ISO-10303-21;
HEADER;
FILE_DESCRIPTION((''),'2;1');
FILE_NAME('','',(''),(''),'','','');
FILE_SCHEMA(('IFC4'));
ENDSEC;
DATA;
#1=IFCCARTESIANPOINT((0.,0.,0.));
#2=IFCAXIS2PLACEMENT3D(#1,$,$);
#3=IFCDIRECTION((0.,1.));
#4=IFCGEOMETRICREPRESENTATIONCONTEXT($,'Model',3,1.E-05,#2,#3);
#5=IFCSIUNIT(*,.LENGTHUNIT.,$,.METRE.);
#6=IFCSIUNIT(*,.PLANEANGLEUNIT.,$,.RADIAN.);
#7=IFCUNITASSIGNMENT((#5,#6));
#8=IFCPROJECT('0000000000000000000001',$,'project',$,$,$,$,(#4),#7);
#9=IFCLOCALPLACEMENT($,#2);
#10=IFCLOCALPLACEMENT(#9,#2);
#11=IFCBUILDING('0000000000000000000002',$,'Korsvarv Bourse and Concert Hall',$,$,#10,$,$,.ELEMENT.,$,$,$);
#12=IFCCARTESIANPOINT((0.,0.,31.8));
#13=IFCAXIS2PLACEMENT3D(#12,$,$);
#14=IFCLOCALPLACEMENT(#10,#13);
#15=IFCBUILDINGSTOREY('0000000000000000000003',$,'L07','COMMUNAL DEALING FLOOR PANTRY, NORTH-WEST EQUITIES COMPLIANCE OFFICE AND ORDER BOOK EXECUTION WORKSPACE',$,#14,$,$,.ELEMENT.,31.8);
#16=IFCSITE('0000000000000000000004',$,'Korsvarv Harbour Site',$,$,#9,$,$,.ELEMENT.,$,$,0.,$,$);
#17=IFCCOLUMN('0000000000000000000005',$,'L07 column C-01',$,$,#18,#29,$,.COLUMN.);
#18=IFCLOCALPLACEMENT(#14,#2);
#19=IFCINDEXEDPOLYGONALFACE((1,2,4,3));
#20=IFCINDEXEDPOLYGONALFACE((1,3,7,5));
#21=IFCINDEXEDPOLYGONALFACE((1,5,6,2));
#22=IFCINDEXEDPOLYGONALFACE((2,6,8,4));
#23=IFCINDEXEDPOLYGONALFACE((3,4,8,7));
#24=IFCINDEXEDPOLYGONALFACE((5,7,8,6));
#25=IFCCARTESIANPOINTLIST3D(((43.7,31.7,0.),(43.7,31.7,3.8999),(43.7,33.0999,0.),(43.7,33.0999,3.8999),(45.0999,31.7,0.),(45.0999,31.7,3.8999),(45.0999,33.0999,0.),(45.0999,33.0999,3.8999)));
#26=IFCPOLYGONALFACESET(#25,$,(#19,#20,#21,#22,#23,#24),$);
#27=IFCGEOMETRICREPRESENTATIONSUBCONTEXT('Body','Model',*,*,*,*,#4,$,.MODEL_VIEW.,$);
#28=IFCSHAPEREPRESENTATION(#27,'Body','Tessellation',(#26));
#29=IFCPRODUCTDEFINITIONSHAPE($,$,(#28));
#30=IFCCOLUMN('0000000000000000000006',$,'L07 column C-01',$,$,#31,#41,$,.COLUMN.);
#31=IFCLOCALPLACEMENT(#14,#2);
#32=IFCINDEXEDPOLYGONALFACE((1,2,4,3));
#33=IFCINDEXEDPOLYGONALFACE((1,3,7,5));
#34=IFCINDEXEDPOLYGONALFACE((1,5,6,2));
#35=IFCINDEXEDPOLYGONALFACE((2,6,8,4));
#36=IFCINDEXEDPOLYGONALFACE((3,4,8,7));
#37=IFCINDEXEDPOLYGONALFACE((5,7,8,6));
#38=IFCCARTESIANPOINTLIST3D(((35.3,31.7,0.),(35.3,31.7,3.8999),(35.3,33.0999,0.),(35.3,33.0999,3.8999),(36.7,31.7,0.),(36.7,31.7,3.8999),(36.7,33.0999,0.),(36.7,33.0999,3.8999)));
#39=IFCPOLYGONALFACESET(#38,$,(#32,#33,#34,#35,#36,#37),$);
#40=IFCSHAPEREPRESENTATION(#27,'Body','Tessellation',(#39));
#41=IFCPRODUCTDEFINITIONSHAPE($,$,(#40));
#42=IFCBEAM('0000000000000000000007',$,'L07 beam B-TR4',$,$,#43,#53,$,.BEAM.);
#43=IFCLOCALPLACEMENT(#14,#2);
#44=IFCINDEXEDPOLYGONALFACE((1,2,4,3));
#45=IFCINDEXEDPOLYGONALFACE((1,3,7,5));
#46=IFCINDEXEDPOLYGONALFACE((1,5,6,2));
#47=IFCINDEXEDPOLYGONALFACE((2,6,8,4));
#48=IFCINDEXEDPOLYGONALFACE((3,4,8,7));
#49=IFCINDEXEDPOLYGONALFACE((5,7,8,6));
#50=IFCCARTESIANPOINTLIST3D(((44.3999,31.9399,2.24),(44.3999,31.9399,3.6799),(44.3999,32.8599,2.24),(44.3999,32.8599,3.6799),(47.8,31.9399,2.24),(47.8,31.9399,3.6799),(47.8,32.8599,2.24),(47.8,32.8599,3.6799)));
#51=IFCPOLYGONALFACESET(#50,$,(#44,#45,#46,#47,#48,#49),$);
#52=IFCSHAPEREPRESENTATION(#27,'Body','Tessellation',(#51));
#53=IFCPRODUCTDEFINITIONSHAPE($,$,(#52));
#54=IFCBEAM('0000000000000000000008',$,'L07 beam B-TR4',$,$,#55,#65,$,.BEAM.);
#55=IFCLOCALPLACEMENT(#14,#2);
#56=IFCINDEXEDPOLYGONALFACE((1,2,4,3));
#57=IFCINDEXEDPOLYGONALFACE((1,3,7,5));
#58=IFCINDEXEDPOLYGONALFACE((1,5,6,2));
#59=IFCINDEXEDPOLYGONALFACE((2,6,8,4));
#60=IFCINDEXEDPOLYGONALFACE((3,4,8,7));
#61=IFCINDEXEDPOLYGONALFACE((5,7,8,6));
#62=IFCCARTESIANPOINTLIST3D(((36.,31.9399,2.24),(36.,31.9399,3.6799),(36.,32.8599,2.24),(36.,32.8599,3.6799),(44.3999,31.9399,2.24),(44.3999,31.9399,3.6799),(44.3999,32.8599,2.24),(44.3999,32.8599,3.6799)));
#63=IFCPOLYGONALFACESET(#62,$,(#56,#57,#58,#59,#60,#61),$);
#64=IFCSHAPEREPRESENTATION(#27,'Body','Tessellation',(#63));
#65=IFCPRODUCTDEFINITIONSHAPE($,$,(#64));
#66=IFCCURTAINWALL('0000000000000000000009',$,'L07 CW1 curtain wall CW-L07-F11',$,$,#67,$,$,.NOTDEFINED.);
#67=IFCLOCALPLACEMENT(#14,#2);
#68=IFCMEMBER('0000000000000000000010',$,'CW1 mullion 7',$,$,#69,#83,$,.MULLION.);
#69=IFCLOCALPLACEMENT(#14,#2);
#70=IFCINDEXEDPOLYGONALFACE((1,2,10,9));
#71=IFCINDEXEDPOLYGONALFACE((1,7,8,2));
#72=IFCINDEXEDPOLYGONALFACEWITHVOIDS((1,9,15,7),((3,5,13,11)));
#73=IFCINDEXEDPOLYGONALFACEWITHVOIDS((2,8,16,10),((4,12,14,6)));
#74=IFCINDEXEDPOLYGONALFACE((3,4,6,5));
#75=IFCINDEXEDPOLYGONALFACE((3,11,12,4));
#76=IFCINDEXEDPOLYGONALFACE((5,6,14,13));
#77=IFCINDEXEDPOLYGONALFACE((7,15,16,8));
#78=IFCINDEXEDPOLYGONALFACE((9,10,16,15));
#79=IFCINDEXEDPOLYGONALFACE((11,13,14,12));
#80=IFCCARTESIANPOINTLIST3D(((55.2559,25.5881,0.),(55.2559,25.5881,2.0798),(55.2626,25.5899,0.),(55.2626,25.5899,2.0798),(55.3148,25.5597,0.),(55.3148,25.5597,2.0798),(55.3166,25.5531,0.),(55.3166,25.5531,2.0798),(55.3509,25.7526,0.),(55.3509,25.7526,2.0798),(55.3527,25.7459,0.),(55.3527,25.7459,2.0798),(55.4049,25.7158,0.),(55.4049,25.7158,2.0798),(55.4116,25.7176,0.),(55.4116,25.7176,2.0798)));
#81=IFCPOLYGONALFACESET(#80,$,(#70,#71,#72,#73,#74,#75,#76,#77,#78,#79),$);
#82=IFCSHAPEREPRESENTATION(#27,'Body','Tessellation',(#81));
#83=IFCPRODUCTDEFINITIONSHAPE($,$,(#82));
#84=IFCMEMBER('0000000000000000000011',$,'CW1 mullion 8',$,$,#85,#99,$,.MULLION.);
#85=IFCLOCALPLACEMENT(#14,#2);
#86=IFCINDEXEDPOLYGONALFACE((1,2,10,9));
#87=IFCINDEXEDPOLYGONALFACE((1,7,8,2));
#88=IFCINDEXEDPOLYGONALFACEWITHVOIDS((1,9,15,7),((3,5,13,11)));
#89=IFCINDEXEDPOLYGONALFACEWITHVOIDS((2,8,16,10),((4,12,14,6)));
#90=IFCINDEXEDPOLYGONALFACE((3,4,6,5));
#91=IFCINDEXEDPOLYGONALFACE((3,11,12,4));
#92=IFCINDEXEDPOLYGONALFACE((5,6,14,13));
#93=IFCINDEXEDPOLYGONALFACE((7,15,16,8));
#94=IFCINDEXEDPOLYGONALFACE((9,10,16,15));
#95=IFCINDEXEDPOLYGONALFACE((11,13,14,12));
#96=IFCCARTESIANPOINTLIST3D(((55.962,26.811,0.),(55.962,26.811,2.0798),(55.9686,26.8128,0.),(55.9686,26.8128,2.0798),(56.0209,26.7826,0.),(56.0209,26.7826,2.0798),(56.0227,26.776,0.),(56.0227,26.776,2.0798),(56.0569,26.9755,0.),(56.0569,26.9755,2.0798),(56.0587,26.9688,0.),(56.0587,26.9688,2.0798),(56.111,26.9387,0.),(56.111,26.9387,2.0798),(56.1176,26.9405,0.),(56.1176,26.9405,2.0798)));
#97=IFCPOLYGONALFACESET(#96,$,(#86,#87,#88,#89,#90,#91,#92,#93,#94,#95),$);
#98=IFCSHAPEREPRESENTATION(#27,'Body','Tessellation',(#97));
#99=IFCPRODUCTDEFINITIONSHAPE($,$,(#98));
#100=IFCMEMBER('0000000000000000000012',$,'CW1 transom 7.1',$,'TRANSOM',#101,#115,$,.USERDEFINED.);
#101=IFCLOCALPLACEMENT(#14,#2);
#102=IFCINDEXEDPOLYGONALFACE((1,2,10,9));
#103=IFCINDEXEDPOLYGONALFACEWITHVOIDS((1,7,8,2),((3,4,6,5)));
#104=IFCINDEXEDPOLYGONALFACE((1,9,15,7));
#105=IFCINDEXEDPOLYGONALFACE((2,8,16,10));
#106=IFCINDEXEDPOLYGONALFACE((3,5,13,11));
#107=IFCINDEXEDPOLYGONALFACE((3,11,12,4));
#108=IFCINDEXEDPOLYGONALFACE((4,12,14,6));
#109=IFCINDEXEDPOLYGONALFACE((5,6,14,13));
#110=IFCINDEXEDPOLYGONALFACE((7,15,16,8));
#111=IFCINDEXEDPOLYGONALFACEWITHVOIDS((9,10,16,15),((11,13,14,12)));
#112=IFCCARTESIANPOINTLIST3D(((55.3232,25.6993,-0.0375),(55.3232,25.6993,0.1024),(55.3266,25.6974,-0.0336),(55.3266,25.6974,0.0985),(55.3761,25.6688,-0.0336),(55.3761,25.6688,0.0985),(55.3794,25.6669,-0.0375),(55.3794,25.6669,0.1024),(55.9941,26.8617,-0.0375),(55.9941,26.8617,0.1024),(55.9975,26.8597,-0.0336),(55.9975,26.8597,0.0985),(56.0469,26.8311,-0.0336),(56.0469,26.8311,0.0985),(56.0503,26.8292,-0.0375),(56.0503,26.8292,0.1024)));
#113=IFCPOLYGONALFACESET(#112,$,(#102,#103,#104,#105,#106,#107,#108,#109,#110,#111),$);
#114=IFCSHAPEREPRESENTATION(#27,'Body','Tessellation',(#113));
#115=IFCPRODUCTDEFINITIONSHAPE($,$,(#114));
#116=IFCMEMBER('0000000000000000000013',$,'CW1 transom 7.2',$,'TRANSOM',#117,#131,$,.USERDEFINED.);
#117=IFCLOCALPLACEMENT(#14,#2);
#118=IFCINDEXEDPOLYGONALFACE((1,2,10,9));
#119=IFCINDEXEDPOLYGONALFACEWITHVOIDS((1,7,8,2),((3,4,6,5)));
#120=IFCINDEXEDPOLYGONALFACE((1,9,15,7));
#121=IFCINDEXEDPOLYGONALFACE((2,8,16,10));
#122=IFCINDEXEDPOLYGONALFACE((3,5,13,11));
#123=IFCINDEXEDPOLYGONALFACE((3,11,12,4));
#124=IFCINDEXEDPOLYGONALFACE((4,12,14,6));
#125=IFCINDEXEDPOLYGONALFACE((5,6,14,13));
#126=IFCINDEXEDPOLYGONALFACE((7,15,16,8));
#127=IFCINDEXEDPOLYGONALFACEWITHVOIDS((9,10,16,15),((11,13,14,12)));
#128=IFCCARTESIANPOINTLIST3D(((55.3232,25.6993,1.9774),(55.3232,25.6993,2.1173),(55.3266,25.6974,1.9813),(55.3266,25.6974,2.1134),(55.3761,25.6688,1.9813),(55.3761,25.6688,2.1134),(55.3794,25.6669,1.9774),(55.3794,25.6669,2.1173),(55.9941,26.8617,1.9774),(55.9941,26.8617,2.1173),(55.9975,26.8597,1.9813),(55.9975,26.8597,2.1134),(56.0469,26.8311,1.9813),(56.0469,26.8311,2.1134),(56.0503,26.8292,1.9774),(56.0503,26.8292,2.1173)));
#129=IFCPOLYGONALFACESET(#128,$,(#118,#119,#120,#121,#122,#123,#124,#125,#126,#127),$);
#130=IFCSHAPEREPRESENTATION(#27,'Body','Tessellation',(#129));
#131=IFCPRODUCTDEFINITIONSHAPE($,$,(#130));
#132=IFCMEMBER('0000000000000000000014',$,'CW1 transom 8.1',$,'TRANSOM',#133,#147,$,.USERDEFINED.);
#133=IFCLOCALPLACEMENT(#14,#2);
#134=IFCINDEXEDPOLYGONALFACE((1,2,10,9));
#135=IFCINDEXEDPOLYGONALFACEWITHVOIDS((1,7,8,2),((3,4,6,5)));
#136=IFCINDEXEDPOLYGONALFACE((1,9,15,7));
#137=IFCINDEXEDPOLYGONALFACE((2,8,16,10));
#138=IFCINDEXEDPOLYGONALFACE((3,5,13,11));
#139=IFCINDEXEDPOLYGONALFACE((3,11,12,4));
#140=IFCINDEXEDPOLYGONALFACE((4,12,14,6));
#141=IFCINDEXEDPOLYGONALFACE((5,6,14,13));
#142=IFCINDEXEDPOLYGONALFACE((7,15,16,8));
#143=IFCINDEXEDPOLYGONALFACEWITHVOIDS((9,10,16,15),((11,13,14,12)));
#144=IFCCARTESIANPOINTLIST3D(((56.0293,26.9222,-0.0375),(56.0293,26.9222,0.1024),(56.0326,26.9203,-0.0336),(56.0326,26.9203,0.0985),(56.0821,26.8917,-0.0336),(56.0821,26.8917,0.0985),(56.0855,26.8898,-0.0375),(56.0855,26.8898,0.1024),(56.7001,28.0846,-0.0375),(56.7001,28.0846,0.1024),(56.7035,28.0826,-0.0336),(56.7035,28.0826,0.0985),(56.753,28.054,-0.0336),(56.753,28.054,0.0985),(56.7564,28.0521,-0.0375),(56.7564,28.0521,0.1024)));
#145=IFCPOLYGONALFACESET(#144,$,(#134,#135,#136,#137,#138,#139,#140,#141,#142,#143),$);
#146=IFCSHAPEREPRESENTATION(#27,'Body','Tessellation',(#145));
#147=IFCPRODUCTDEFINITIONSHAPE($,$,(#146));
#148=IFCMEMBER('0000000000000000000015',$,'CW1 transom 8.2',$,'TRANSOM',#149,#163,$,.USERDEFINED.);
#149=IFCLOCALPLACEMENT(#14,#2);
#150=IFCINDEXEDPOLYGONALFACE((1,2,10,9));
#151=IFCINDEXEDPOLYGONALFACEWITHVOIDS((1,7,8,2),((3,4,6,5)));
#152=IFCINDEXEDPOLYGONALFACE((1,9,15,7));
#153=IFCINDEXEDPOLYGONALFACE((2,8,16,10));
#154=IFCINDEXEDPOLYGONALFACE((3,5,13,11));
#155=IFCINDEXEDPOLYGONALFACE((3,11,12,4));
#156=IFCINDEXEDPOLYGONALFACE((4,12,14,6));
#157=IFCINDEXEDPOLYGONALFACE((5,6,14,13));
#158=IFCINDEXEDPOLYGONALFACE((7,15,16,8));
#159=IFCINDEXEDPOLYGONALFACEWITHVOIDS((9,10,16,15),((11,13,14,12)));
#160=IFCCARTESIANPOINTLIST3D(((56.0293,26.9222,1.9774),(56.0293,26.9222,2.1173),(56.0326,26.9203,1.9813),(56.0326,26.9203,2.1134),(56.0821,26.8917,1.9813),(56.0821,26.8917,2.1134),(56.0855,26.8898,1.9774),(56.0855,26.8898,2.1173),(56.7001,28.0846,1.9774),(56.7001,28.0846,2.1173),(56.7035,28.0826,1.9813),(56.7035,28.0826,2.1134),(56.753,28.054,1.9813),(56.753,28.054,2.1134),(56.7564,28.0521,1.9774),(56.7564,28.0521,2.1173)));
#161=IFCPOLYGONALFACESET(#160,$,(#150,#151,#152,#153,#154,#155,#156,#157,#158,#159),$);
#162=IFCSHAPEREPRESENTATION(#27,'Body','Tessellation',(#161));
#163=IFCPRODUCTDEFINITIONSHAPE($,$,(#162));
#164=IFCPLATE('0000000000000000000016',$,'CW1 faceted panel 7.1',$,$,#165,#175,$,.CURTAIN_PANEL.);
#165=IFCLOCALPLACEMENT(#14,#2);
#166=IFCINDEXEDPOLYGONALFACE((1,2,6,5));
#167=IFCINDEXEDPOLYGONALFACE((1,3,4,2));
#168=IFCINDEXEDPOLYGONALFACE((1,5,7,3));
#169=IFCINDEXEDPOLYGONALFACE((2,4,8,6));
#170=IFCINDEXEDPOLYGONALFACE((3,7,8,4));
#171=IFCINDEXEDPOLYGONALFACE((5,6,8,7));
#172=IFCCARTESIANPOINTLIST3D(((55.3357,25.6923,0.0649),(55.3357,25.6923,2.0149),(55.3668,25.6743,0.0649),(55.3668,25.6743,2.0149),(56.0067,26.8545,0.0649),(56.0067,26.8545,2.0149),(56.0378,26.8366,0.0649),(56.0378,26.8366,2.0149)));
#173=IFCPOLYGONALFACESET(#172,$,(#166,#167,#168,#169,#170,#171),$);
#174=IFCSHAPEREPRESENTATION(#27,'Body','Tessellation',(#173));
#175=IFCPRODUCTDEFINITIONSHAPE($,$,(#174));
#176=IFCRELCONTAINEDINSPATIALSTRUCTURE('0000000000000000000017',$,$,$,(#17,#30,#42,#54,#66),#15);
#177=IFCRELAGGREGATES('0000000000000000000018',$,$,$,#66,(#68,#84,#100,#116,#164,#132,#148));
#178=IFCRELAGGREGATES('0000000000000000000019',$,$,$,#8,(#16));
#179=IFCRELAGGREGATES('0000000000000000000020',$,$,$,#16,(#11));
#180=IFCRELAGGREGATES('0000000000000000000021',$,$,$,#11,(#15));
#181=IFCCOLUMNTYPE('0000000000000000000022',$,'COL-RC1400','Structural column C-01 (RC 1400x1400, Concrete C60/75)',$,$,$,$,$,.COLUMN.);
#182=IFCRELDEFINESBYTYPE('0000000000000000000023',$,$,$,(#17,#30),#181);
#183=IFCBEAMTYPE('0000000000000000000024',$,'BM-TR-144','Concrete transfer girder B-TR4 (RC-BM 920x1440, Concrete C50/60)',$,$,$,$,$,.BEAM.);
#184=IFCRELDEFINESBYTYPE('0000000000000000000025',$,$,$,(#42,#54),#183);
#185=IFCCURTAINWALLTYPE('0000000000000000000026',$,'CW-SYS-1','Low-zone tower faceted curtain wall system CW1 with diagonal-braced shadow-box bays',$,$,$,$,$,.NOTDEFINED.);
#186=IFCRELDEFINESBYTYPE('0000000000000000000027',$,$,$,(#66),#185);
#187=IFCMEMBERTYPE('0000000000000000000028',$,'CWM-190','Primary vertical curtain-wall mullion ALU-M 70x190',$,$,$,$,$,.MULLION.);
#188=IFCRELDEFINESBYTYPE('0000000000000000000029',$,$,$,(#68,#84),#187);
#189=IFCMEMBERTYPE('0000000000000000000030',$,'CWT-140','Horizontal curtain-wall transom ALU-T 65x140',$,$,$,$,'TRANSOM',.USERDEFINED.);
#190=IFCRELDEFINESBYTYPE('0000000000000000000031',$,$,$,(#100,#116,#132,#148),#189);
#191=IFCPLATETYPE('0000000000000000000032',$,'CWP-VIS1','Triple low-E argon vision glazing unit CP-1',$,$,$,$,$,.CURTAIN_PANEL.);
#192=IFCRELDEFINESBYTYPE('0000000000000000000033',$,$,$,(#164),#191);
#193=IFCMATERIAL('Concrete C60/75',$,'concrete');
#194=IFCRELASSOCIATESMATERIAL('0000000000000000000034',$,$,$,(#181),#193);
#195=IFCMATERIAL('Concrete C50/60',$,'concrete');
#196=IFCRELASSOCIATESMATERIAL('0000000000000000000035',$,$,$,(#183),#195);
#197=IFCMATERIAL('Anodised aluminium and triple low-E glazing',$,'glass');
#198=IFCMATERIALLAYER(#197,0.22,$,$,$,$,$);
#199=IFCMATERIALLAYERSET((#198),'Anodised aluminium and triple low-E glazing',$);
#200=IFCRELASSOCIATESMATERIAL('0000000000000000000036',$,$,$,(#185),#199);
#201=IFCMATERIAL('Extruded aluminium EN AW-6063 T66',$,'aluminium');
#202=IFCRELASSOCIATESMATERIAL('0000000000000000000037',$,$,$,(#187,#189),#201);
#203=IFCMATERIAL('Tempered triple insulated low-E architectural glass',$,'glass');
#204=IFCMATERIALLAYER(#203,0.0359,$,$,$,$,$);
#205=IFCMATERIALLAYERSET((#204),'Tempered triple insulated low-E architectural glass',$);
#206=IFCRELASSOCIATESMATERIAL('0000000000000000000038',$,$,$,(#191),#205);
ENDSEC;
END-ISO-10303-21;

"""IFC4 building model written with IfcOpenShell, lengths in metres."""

from ifc_helpers import new_model, si_unit, direction, frame, origin, origin_2d, place, context, subcontext, project, spatial, rectangle, hollow_rectangle, extrude, source, transform, mapped, material, layer, layer_set, material_profile, profile_set, type_object, element, aggregate, save


model = new_model("IFC4")

# Units and contexts
model_context = context("Model", 3, precision=1e-05, world=origin(), true_north=direction((0.0, 1.0)))
body_context = subcontext(model_context, "Body", "Model", "MODEL_VIEW")
ifc_project = project(units=[si_unit("LENGTHUNIT", "METRE"), si_unit("PLANEANGLEUNIT", "RADIAN")], contexts=[model_context])

# Site, building, storey
site_placement = place(None, origin())
site = spatial("IfcSite", under=ifc_project, at=site_placement, Name="Korsvarv Harbour Site", CompositionType="ELEMENT", RefElevation=0.0)
building_placement = place(site_placement, origin())
building = spatial("IfcBuilding", under=site, at=building_placement, Name="Korsvarv Bourse and Concert Hall", CompositionType="ELEMENT")
storey_placement = place(building_placement, frame((0.0, 0.0, 31.8)))
storey = spatial("IfcBuildingStorey", under=building, at=storey_placement, Name="L07", Description="COMMUNAL DEALING FLOOR PANTRY, NORTH-WEST EQUITIES COMPLIANCE OFFICE AND ORDER BOOK EXECUTION WORKSPACE", CompositionType="ELEMENT", Elevation=31.8)

# Columns
ifc_material_1 = material(Name="Concrete C60/75", Category="concrete")
ifc_material_profile_1 = material_profile(ifc_material_1, rectangle(XDim=1.3999, YDim=1.3999, at=origin_2d()), Name="RC 1400x1400")
ifc_profile_set_1 = profile_set([ifc_material_profile_1], Name="Concrete C60/75")
column_type = type_object("IfcColumnType", Name="COL-RC1400", Description="Structural column C-01 (RC 1400x1400, Concrete C60/75)", PredefinedType="COLUMN", material=ifc_profile_set_1)
shared_shape_1 = source(origin(), body_context, "Body", "SweptSolid", [
    extrude(rectangle(XDim=1.3999, YDim=1.3999, at=origin_2d()), origin(), (0.0, 0.0, 1.0), 3.8999),
])
for number, where, z_axis, x_axis, name in (
    (1, (44.3999, 32.3999, 0.0), (0.0, 0.0, 1.0), (1.0, 0.0, 0.0), "L07 column C-01"),
    (2, (36.0, 32.3999, 0.0), (0.0, 0.0, 1.0), (1.0, 0.0, 0.0), "L07 column C-01"),
):
    element("IfcColumn", number, at=place(storey_placement, frame(where, z_axis=z_axis, x_axis=x_axis)), inside=storey, type_object=column_type, Name=name, PredefinedType="COLUMN", context=body_context, shape_type="MappedRepresentation", body=[
        mapped(shared_shape_1, transform((0.0, 0.0, 0.0), scale=1.0)),
    ])

# Beams
ifc_material_2 = material(Name="Concrete C50/60", Category="concrete")
ifc_material_profile_2 = material_profile(ifc_material_2, rectangle(XDim=0.9199, YDim=1.4399, at=origin_2d()), Name="RC-BM 920x1440")
ifc_profile_set_2 = profile_set([ifc_material_profile_2], Name="Concrete C50/60")
beam_type = type_object("IfcBeamType", Name="BM-TR-144", Description="Concrete transfer girder B-TR4 (RC-BM 920x1440, Concrete C50/60)", PredefinedType="BEAM", material=ifc_profile_set_2)
shared_shape_2 = source(origin(), body_context, "Body", "SweptSolid", [
    extrude(rectangle(XDim=0.9199, YDim=1.4399, at=origin_2d()), origin(), (0.0, 0.0, 1.0), 3.4001),
])
beam_1_placement = place(storey_placement, frame((44.3999, 32.3999, 2.96), z_axis=(1.0, 0.0, 0.0), x_axis=(0.0, 1.0, 0.0)))
element("IfcBeam", 3, at=beam_1_placement, inside=storey, type_object=beam_type, Name="L07 beam B-TR4", PredefinedType="BEAM", context=body_context, shape_type="MappedRepresentation", body=[
    mapped(shared_shape_2, transform((0.0, 0.0, 0.0), scale=1.0)),
])
shared_shape_3 = source(origin(), body_context, "Body", "SweptSolid", [
    extrude(rectangle(XDim=0.9199, YDim=1.4399, at=origin_2d()), origin(), (0.0, 0.0, 1.0), 8.3999),
])
beam_2_placement = place(storey_placement, frame((36.0, 32.3999, 2.96), z_axis=(1.0, 0.0, 0.0), x_axis=(0.0, 1.0, 0.0)))
element("IfcBeam", 4, at=beam_2_placement, inside=storey, type_object=beam_type, Name="L07 beam B-TR4", PredefinedType="BEAM", context=body_context, shape_type="MappedRepresentation", body=[
    mapped(shared_shape_3, transform((0.0, 0.0, 0.0), scale=1.0)),
])

# Curtain wall, members, plate
ifc_material_3 = material(Name="Anodised aluminium and triple low-E glazing", Category="glass")
ifc_layer_1 = layer(ifc_material_3, 0.22)
ifc_layer_set_1 = layer_set([ifc_layer_1], Name="Anodised aluminium and triple low-E glazing")
curtain_wall_type = type_object("IfcCurtainWallType", Name="CW-SYS-1", Description="Low-zone tower faceted curtain wall system CW1 with diagonal-braced shadow-box bays", PredefinedType="NOTDEFINED", material=ifc_layer_set_1)
curtain_wall_placement = place(storey_placement, origin())
curtain_wall = element("IfcCurtainWall", 5, at=curtain_wall_placement, inside=storey, type_object=curtain_wall_type, Name="L07 CW1 curtain wall CW-L07-F11", PredefinedType="NOTDEFINED")
ifc_material_4 = material(Name="Extruded aluminium EN AW-6063 T66", Category="aluminium")
ifc_material_profile_3 = material_profile(ifc_material_4, hollow_rectangle(XDim=0.0701, YDim=0.1899, WallThickness=0.0049, at=origin_2d()), Name="ALU-M 70x190")
ifc_profile_set_3 = profile_set([ifc_material_profile_3], Name="Extruded aluminium EN AW-6063 T66")
member_type_1 = type_object("IfcMemberType", Name="CWM-190", Description="Primary vertical curtain-wall mullion ALU-M 70x190", PredefinedType="MULLION", material=ifc_profile_set_3)
shared_shape_4 = source(origin(), body_context, "Body", "SweptSolid", [
    extrude(hollow_rectangle(XDim=0.0701, YDim=0.1899, WallThickness=0.0049, at=origin_2d()), origin(), (0.0, 0.0, 1.0), 2.0798),
])
member_1_placement = place(storey_placement, frame((55.3337, 25.6528, 0.0), z_axis=(0.0, 0.0, 1.0), x_axis=(-0.866029, 0.499995, 0.0)))
member_1 = element("IfcMember", 6, at=member_1_placement, type_object=member_type_1, Name="CW1 mullion 7", PredefinedType="MULLION", context=body_context, shape_type="MappedRepresentation", body=[
    mapped(shared_shape_4, transform((0.0, 0.0, 0.0), scale=1.0)),
])
member_2_placement = place(storey_placement, frame((56.0398, 26.8757, 0.0), z_axis=(0.0, 0.0, 1.0), x_axis=(-0.866029, 0.499995, 0.0)))
member_2 = element("IfcMember", 7, at=member_2_placement, type_object=member_type_1, Name="CW1 mullion 8", PredefinedType="MULLION", context=body_context, shape_type="MappedRepresentation", body=[
    mapped(shared_shape_4, transform((0.0, 0.0, 0.0), scale=1.0)),
])
ifc_material_profile_4 = material_profile(ifc_material_4, hollow_rectangle(XDim=0.0649, YDim=0.1399, WallThickness=0.0039, at=origin_2d()), Name="ALU-T 65x140")
ifc_profile_set_4 = profile_set([ifc_material_profile_4], Name="Extruded aluminium EN AW-6063 T66")
member_type_2 = type_object("IfcMemberType", Name="CWT-140", Description="Horizontal curtain-wall transom ALU-T 65x140", ElementType="TRANSOM", PredefinedType="USERDEFINED", material=ifc_profile_set_4)
shared_shape_5 = source(origin(), body_context, "Body", "SweptSolid", [
    extrude(hollow_rectangle(XDim=0.0649, YDim=0.1399, WallThickness=0.0039, at=origin_2d()), origin(), (0.0, 0.0, 1.0), 1.342),
])
member_3_placement = place(storey_placement, frame((55.3513, 25.6831, 0.0325), z_axis=(0.499896, 0.866086, 0.0), x_axis=(-0.866086, 0.499896, 0.0)))
member_3 = element("IfcMember", 8, at=member_3_placement, type_object=member_type_2, Name="CW1 transom 7.1", ObjectType="TRANSOM", PredefinedType="USERDEFINED", context=body_context, shape_type="MappedRepresentation", body=[
    mapped(shared_shape_5, transform((0.0, 0.0, 0.0), scale=1.0)),
])
member_4_placement = place(storey_placement, frame((55.3513, 25.6831, 2.0474), z_axis=(0.499896, 0.866086, 0.0), x_axis=(-0.866086, 0.499896, 0.0)))
member_4 = element("IfcMember", 9, at=member_4_placement, type_object=member_type_2, Name="CW1 transom 7.2", ObjectType="TRANSOM", PredefinedType="USERDEFINED", context=body_context, shape_type="MappedRepresentation", body=[
    mapped(shared_shape_5, transform((0.0, 0.0, 0.0), scale=1.0)),
])
member_5_placement = place(storey_placement, frame((56.0574, 26.906, 0.0325), z_axis=(0.499896, 0.866086, 0.0), x_axis=(-0.866086, 0.499896, 0.0)))
member_5 = element("IfcMember", 10, at=member_5_placement, type_object=member_type_2, Name="CW1 transom 8.1", ObjectType="TRANSOM", PredefinedType="USERDEFINED", context=body_context, shape_type="MappedRepresentation", body=[
    mapped(shared_shape_5, transform((0.0, 0.0, 0.0), scale=1.0)),
])
member_6_placement = place(storey_placement, frame((56.0574, 26.906, 2.0474), z_axis=(0.499896, 0.866086, 0.0), x_axis=(-0.866086, 0.499896, 0.0)))
member_6 = element("IfcMember", 11, at=member_6_placement, type_object=member_type_2, Name="CW1 transom 8.2", ObjectType="TRANSOM", PredefinedType="USERDEFINED", context=body_context, shape_type="MappedRepresentation", body=[
    mapped(shared_shape_5, transform((0.0, 0.0, 0.0), scale=1.0)),
])
ifc_material_5 = material(Name="Tempered triple insulated low-E architectural glass", Category="glass")
ifc_layer_2 = layer(ifc_material_5, 0.0359)
ifc_layer_set_2 = layer_set([ifc_layer_2], Name="Tempered triple insulated low-E architectural glass")
plate_type = type_object("IfcPlateType", Name="CWP-VIS1", Description="Triple low-E argon vision glazing unit CP-1", PredefinedType="CURTAIN_PANEL", material=ifc_layer_set_2)
shared_shape_6 = source(origin(), body_context, "Body", "SweptSolid", [
    extrude(rectangle(XDim=1.342, YDim=0.0359, at=origin_2d()), origin(), (0.0, 0.0, 1.0), 1.95),
])
plate_placement = place(storey_placement, frame((55.6868, 26.2644, 0.0649), z_axis=(0.0, 0.0, 1.0), x_axis=(0.499995, 0.866029, 0.0)))
plate = element("IfcPlate", 12, at=plate_placement, type_object=plate_type, Name="CW1 faceted panel 7.1", PredefinedType="CURTAIN_PANEL", context=body_context, shape_type="MappedRepresentation", body=[
    mapped(shared_shape_6, transform((0.0, 0.0, 0.0), scale=1.0)),
])
aggregate(curtain_wall, [member_1, member_2, member_3, member_4, plate, member_5, member_6])

save(model, "model.ifc")
